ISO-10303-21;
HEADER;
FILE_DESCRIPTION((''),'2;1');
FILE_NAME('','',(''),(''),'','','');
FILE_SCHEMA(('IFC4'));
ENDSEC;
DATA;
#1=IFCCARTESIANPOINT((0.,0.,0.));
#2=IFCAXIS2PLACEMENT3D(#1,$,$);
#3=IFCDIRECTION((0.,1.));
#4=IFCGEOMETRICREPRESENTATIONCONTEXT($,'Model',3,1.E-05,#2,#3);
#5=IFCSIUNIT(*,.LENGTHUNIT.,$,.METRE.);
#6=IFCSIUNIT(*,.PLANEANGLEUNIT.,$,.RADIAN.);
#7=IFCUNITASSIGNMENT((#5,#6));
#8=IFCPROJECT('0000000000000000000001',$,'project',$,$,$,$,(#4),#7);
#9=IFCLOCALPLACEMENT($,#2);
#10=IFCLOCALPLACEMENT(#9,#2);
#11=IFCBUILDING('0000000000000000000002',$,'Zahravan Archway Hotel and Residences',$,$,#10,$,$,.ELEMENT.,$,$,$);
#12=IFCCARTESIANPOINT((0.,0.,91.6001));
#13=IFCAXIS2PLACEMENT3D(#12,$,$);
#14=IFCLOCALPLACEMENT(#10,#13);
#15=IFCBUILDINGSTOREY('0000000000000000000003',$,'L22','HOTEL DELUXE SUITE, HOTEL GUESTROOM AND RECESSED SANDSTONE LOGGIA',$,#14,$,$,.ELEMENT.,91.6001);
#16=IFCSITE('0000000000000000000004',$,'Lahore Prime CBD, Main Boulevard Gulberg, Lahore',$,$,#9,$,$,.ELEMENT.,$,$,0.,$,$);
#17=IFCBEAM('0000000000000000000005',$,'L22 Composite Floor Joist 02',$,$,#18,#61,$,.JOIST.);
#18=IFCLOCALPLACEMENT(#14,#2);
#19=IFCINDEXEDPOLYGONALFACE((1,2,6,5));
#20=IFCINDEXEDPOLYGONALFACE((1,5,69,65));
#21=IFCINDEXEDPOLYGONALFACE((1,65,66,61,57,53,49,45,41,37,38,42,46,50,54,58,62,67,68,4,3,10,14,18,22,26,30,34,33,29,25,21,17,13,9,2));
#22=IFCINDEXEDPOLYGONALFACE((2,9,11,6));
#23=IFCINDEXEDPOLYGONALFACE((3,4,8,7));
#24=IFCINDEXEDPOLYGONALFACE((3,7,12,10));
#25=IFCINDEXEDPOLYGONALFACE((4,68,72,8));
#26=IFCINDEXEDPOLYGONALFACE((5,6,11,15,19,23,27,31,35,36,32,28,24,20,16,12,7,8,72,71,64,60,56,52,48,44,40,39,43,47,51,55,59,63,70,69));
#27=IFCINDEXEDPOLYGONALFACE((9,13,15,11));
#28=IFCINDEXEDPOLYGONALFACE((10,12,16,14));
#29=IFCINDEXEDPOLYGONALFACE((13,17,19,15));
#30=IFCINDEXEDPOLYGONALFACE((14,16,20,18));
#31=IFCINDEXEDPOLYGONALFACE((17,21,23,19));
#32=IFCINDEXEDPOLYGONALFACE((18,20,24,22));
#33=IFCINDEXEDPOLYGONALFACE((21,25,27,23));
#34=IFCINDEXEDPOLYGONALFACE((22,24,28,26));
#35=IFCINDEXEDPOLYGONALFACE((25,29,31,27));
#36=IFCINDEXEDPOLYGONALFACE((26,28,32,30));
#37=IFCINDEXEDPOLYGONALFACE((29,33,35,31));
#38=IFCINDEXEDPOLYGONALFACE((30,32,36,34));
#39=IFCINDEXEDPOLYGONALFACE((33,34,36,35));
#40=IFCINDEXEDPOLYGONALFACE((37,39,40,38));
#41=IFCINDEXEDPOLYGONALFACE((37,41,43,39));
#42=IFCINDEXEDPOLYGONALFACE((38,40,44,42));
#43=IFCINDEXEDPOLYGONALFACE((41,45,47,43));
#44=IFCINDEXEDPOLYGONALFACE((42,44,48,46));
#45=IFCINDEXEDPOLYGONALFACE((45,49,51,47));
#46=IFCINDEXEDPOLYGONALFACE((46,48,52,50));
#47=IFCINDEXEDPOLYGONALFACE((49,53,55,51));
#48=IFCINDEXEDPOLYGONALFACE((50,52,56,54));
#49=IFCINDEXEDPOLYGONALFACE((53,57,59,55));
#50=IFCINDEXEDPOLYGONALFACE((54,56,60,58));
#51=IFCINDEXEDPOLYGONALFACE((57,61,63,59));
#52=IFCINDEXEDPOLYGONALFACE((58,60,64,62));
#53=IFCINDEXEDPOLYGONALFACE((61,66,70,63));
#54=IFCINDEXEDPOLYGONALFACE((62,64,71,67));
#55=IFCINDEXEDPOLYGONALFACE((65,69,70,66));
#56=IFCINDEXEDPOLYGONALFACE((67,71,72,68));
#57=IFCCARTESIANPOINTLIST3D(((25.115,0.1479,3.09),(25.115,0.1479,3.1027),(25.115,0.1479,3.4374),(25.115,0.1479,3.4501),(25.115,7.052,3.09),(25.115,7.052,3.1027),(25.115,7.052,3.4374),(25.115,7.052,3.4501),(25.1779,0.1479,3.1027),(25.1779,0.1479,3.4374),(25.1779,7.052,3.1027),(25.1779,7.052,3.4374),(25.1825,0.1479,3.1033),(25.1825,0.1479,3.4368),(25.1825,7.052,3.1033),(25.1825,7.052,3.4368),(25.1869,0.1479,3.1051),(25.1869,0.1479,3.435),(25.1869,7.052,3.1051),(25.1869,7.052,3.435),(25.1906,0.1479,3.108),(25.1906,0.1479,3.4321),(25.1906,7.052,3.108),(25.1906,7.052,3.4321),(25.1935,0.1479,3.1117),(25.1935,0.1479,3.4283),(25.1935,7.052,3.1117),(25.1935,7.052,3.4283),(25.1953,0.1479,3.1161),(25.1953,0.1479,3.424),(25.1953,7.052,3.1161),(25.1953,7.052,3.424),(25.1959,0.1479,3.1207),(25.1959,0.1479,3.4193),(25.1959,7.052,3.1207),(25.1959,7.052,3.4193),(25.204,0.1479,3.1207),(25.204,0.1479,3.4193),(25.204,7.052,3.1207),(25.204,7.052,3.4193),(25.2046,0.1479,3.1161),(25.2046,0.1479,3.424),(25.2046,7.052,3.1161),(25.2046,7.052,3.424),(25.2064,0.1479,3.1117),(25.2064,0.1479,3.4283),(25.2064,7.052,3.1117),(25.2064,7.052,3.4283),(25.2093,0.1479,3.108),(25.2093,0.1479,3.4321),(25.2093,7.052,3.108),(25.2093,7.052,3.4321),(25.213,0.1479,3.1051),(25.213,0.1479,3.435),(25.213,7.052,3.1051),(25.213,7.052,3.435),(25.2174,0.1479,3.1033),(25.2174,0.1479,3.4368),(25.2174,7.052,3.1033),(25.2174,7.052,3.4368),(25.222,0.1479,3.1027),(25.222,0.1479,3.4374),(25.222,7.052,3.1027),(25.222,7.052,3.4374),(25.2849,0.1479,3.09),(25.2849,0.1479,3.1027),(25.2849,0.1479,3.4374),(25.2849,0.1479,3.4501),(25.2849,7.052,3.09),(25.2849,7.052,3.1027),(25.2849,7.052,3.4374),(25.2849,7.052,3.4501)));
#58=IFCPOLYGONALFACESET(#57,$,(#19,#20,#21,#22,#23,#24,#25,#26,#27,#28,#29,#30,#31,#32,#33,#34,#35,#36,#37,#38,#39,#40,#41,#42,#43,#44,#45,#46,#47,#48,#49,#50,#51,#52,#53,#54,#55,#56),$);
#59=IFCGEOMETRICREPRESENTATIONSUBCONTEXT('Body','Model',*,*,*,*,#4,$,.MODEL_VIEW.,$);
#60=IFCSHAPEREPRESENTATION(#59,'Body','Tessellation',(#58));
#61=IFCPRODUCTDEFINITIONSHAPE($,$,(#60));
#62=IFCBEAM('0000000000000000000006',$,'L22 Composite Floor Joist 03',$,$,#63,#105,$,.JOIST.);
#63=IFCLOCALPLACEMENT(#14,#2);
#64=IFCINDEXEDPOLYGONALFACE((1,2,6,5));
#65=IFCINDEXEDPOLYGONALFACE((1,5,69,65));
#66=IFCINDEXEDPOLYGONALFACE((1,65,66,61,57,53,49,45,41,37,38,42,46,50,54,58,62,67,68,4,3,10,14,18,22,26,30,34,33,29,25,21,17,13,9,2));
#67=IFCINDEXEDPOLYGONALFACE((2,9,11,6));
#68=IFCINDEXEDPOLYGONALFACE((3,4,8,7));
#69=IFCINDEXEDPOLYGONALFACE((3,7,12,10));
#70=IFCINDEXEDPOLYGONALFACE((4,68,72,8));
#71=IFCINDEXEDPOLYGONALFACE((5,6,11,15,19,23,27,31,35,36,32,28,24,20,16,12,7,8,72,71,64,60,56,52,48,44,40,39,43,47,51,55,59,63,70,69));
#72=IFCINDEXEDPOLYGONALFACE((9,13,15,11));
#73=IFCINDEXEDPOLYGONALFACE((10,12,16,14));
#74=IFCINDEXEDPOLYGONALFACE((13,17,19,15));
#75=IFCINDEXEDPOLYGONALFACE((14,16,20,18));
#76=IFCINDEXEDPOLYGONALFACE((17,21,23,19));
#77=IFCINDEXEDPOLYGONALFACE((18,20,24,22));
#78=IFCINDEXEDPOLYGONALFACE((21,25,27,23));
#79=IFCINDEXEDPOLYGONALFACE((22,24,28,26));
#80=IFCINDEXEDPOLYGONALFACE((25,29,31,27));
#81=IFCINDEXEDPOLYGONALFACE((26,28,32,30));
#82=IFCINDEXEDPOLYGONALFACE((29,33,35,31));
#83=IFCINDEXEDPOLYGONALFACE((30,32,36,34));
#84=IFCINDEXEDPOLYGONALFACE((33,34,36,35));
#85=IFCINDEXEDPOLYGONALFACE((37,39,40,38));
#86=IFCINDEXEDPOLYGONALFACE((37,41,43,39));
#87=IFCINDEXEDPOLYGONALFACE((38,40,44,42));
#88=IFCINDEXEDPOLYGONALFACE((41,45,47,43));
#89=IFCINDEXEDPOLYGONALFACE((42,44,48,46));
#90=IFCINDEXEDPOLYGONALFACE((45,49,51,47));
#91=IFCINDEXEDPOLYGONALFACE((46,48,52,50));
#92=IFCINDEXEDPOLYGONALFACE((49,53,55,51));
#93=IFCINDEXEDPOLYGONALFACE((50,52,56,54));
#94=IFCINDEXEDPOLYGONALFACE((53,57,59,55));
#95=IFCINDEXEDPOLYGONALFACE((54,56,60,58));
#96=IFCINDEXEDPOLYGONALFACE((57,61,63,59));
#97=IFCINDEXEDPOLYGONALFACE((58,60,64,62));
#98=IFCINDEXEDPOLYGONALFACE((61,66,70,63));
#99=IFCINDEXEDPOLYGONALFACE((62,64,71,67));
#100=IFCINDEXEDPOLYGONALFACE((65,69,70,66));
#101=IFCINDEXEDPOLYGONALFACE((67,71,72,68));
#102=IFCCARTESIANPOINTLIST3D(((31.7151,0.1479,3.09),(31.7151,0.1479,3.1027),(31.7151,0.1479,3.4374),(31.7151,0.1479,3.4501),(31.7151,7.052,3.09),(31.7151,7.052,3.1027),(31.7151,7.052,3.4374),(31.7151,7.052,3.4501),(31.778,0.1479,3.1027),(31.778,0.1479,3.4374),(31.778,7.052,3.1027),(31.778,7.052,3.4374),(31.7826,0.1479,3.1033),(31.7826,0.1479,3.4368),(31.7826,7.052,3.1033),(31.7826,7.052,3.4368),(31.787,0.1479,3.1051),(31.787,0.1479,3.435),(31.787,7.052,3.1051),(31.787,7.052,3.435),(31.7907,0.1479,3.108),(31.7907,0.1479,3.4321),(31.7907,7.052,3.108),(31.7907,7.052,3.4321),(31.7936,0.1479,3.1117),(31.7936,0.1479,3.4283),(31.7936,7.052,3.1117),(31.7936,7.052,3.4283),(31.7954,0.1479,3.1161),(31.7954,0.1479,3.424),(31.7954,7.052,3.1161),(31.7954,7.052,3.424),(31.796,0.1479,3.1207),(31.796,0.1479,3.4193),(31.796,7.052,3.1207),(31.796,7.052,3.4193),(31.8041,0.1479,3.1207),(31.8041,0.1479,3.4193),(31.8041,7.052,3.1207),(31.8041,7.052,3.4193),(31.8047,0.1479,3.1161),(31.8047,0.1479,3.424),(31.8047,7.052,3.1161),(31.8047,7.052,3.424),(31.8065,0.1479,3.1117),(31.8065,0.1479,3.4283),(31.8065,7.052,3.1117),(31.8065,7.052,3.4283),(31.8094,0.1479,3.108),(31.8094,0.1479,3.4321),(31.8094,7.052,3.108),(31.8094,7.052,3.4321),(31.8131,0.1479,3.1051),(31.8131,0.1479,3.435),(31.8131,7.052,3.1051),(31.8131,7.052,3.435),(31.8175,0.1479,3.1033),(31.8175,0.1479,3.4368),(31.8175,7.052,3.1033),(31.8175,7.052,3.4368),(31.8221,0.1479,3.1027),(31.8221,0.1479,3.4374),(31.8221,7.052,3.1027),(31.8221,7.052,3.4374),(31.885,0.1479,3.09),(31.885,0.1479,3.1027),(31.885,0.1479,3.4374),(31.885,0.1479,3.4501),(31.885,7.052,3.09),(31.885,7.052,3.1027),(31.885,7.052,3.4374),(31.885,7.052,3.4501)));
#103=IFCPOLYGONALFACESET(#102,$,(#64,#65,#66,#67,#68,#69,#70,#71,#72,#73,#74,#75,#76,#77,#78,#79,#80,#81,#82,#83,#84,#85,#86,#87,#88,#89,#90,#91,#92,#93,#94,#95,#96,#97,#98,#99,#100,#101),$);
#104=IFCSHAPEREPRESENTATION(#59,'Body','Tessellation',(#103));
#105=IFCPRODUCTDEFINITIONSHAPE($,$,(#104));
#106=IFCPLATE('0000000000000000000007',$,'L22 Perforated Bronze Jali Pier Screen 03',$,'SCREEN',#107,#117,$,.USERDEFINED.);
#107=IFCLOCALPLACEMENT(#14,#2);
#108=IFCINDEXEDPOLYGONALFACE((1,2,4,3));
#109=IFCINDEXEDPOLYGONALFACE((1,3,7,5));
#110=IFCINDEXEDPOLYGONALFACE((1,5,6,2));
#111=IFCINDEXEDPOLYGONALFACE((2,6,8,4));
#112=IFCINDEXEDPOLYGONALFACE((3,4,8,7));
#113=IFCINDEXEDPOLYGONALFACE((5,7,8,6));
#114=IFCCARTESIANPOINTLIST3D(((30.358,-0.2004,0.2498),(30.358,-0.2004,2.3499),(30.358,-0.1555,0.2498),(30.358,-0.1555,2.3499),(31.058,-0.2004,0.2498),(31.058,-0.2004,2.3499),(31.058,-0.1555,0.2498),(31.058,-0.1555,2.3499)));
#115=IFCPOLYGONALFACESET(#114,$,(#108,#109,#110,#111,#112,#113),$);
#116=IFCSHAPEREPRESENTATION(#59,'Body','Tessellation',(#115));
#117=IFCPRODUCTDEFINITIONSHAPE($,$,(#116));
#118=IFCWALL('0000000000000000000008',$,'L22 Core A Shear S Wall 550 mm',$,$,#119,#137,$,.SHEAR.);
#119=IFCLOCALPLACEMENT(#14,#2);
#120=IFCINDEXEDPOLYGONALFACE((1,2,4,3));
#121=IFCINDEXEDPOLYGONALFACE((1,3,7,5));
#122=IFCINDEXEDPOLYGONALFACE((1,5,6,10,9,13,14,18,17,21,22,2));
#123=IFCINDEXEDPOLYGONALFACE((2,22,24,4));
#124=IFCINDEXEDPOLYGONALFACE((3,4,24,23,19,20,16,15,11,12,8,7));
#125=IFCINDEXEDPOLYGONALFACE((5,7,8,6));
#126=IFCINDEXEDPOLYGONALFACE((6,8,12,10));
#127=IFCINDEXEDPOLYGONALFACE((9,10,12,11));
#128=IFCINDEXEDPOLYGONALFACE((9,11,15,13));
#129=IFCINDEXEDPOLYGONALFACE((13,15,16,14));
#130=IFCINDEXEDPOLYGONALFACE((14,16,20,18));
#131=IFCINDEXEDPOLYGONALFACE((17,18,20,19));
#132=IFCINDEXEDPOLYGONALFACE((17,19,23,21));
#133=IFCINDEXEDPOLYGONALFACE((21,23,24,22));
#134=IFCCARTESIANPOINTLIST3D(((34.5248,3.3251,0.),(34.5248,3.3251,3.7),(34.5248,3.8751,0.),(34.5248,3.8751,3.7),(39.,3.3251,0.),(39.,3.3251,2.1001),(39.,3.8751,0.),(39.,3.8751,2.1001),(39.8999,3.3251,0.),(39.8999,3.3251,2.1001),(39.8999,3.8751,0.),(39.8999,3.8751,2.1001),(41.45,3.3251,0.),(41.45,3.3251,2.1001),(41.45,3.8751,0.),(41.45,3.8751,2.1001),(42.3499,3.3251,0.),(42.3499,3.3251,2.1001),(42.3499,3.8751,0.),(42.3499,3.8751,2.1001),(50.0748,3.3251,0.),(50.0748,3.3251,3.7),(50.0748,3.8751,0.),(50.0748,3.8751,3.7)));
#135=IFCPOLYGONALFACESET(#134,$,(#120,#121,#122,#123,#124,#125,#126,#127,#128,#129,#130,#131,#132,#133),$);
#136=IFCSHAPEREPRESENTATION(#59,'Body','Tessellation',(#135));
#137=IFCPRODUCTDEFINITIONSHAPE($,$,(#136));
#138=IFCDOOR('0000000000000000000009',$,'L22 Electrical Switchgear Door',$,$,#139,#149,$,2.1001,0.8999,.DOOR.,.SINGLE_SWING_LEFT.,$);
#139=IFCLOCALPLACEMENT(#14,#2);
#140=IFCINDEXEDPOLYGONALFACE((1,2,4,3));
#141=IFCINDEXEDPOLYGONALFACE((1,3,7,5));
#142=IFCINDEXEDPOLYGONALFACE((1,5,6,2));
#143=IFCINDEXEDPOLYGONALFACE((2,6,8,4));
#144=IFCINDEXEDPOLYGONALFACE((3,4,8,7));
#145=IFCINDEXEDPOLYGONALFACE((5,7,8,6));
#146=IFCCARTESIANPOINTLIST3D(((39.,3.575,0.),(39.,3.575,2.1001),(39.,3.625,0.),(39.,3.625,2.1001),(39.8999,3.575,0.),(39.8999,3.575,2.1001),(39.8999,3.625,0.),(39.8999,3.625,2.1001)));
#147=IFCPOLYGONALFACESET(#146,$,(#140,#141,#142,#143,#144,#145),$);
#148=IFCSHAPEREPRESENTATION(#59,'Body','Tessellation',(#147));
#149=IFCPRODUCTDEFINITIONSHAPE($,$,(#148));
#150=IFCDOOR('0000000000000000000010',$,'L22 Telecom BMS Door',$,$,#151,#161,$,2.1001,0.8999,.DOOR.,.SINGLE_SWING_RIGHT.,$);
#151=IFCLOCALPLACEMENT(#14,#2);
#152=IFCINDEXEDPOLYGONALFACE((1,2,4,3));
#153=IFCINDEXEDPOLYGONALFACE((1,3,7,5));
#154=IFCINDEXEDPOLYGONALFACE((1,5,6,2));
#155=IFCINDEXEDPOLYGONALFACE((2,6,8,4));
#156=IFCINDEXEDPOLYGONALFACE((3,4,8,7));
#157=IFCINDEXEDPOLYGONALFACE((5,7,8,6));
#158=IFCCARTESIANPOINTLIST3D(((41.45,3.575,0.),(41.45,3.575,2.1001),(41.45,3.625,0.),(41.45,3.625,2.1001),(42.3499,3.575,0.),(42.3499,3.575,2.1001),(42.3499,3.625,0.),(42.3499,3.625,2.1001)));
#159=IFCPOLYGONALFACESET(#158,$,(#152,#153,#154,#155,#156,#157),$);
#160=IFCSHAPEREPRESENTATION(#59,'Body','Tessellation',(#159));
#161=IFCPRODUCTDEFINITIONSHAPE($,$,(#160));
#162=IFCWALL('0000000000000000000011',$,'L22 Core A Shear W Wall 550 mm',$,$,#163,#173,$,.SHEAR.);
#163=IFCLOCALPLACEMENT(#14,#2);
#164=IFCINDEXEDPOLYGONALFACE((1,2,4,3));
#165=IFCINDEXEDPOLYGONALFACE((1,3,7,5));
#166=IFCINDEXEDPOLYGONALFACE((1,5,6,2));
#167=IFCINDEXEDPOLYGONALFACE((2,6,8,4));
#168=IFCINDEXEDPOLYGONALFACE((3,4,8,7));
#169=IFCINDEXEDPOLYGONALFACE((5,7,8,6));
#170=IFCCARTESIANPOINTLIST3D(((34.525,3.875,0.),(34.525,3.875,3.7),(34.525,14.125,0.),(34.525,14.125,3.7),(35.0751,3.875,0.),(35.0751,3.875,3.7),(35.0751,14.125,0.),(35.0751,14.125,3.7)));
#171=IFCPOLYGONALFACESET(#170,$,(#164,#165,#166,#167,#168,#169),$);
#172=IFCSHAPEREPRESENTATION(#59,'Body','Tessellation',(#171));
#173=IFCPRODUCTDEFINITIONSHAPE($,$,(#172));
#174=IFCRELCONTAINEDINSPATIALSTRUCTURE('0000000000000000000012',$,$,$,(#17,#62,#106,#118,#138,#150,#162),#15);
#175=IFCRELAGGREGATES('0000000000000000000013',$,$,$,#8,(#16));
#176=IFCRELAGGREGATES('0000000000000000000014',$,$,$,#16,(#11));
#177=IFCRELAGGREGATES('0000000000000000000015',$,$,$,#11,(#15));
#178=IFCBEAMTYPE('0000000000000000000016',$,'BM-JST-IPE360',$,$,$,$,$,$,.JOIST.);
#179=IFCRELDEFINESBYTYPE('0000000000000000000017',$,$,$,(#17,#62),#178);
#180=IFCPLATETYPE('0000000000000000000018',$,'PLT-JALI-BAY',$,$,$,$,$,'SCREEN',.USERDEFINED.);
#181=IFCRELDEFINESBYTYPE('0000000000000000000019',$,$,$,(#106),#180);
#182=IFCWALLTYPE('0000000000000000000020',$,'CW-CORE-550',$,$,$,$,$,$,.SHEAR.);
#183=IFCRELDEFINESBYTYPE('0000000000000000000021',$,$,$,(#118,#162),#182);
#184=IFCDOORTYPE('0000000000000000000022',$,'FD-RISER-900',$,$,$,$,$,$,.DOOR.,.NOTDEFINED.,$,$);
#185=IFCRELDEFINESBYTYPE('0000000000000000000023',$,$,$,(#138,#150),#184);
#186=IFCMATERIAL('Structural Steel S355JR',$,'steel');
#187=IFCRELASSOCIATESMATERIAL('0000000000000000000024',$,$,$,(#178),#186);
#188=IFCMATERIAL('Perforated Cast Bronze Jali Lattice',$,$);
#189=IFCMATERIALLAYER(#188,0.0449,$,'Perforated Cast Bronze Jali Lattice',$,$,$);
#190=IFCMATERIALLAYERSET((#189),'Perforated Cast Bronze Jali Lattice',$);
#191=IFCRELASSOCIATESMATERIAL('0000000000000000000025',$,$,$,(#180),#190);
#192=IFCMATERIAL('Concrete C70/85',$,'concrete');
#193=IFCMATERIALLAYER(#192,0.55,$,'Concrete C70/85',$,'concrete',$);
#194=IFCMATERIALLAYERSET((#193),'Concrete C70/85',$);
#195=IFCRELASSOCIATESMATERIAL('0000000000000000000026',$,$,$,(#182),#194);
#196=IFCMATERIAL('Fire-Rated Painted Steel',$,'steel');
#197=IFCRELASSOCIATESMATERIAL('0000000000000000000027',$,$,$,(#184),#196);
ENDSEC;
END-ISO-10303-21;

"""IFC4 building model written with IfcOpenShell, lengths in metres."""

from ifc_helpers import new_model, si_unit, direction, frame, frame_2d, origin, origin_2d, place, context, subcontext, project, spatial, rectangle, i_section, extrude, source, transform, mapped, material, layer, layer_set, material_profile, profile_set, type_object, type_shapes, element, fill, save


model = new_model("IFC4")

# Units and contexts
model_context = context("Model", 3, precision=1e-05, world=origin(), true_north=direction((0.0, 1.0)))
body_context = subcontext(model_context, "Body", "Model", "MODEL_VIEW")
ifc_project = project(units=[si_unit("LENGTHUNIT", "METRE"), si_unit("PLANEANGLEUNIT", "RADIAN")], contexts=[model_context])

# Site, building, storey
site_placement = place(None, origin())
site = spatial("IfcSite", under=ifc_project, at=site_placement, Name="Lahore Prime CBD, Main Boulevard Gulberg, Lahore", CompositionType="ELEMENT", RefElevation=0.0)
building_placement = place(site_placement, origin())
building = spatial("IfcBuilding", under=site, at=building_placement, Name="Zahravan Archway Hotel and Residences", CompositionType="ELEMENT")
storey_placement = place(building_placement, frame((0.0, 0.0, 91.6001)))
storey = spatial("IfcBuildingStorey", under=building, at=storey_placement, Name="L22", Description="HOTEL DELUXE SUITE, HOTEL GUESTROOM AND RECESSED SANDSTONE LOGGIA", CompositionType="ELEMENT", Elevation=91.6001)

# Shared definitions
ifc_material_1 = material(Name="Concrete C70/85", Category="concrete")

# Beams
ifc_material_2 = material(Name="Structural Steel S355JR", Category="steel")
ifc_material_profile_1 = material_profile(ifc_material_2, i_section(OverallWidth=0.1699, OverallDepth=0.3601, WebThickness=0.0081, FlangeThickness=0.0127, FilletRadius=0.0181, at=origin_2d()), Name="IPE 360", Category="steel")
ifc_profile_set_1 = profile_set([ifc_material_profile_1], Name="Structural Steel S355JR")
beam_type_1 = type_object("IfcBeamType", Name="BM-JST-IPE360", PredefinedType="JOIST", material=ifc_profile_set_1)
shared_shape_1 = source(origin(), body_context, "Body", "SweptSolid", [
    extrude(i_section(OverallWidth=0.1699, OverallDepth=0.3601, WebThickness=0.0081, FlangeThickness=0.0127, FilletRadius=0.0181, at=origin_2d()), origin(), (0.0, 0.0, 1.0), 6.9041),
])
type_shapes(beam_type_1, [shared_shape_1])
for number, where, z_axis, x_axis, name in (
    (1, (25.2, 0.1479, 3.27), (0.0, 1.0, 0.0), (-1.0, 0.0, 0.0), "L22 Composite Floor Joist 02"),
    (2, (31.8, 0.1479, 3.27), (0.0, 1.0, 0.0), (-1.0, 0.0, 0.0), "L22 Composite Floor Joist 03"),
):
    element("IfcBeam", number, at=place(storey_placement, frame(where, z_axis=z_axis, x_axis=x_axis)), inside=storey, type_object=beam_type_1, Name=name, PredefinedType="JOIST", context=body_context, shape_type="MappedRepresentation", body=[
        mapped(shared_shape_1, transform((0.0, 0.0, 0.0), scale=1.0)),
    ])

# Plate
ifc_material_3 = material(Name="Perforated Cast Bronze Jali Lattice")
ifc_layer_1 = layer(ifc_material_3, 0.0449, Name="Perforated Cast Bronze Jali Lattice")
ifc_layer_set_1 = layer_set([ifc_layer_1], Name="Perforated Cast Bronze Jali Lattice")
plate_type = type_object("IfcPlateType", Name="PLT-JALI-BAY", ElementType="SCREEN", PredefinedType="USERDEFINED", material=ifc_layer_set_1)
shared_shape_2 = source(origin(), body_context, "Body", "SweptSolid", [
    extrude(rectangle(XDim=0.7, YDim=0.0449, at=origin_2d()), origin(), (0.0, 0.0, 1.0), 2.1001),
])
type_shapes(plate_type, [shared_shape_2])
plate_placement = place(storey_placement, frame((30.708, -0.178, 0.2498), z_axis=(0.0, 0.0, 1.0), x_axis=(1.0, 0.0, 0.0)))
element("IfcPlate", 3, at=plate_placement, inside=storey, type_object=plate_type, Name="L22 Perforated Bronze Jali Pier Screen 03", ObjectType="SCREEN", PredefinedType="USERDEFINED", context=body_context, shape_type="MappedRepresentation", body=[
    mapped(shared_shape_2, transform((0.0, 0.0, 0.0), scale=1.0)),
])

# Wall, openings, doors
ifc_layer_2 = layer(ifc_material_1, 0.55, Name="Concrete C70/85", Category="concrete")
ifc_layer_set_2 = layer_set([ifc_layer_2], Name="Concrete C70/85")
wall_type_1 = type_object("IfcWallType", Name="CW-CORE-550", PredefinedType="SHEAR", material=ifc_layer_set_2)
wall_1_placement = place(storey_placement, frame((34.5249, 3.6001, 0.0), z_axis=(0.0, 0.0, 1.0), x_axis=(1.0, 0.0, 0.0)))
wall_1 = element("IfcWall", 4, at=wall_1_placement, inside=storey, type_object=wall_type_1, Name="L22 Core A Shear S Wall 550 mm", PredefinedType="SHEAR", context=body_context, shape_type="SweptSolid", body=[
    extrude(rectangle(XDim=15.55, YDim=0.55, at=frame_2d((7.7749, 0.0))), origin(), (0.0, 0.0, 1.0), 3.7),
])
opening_1_placement = place(wall_1_placement, frame((4.4751, 0.0, 0.0)))
opening_1 = element("IfcOpeningElement", 5, at=opening_1_placement, cuts=wall_1, PredefinedType="OPENING", context=body_context, shape_type="SweptSolid", body=[
    extrude(rectangle(XDim=0.8999, YDim=2.1001, at=frame_2d((0.45, 1.05))), frame((0.0, 0.2852, 0.0), z_axis=(0.0, -1.0, 0.0), x_axis=(1.0, 0.0, 0.0)), (0.0, 0.0, 1.0), 0.5701),
])
opening_2_placement = place(wall_1_placement, frame((6.925, 0.0, 0.0)))
opening_2 = element("IfcOpeningElement", 6, at=opening_2_placement, cuts=wall_1, PredefinedType="OPENING", context=body_context, shape_type="SweptSolid", body=[
    extrude(rectangle(XDim=0.8999, YDim=2.1001, at=frame_2d((0.45, 1.05))), frame((0.0, 0.2852, 0.0), z_axis=(0.0, -1.0, 0.0), x_axis=(1.0, 0.0, 0.0)), (0.0, 0.0, 1.0), 0.5701),
])
ifc_material_4 = material(Name="Fire-Rated Painted Steel", Category="steel")
door_type_1 = type_object("IfcDoorType", Name="FD-RISER-900", OperationType="NOTDEFINED", PredefinedType="DOOR", material=ifc_material_4)
shared_shape_3 = source(origin(), body_context, "Body", "SweptSolid", [
    extrude(rectangle(XDim=0.8999, YDim=2.1001, at=frame_2d((0.45, 1.05))), frame((0.0, 0.0249, 0.0), z_axis=(0.0, -1.0, 0.0), x_axis=(1.0, 0.0, 0.0)), (0.0, 0.0, 1.0), 0.05),
])
type_shapes(door_type_1, [shared_shape_3])
door_1_placement = place(opening_1_placement, origin())
door_1 = element("IfcDoor", 7, at=door_1_placement, inside=storey, type_object=door_type_1, Name="L22 Electrical Switchgear Door", OperationType="SINGLE_SWING_LEFT", OverallHeight=2.1001, OverallWidth=0.8999, PredefinedType="DOOR", context=body_context, shape_type="MappedRepresentation", body=[
    mapped(shared_shape_3, transform((0.0, 0.0, 0.0), scale=1.0)),
])
fill(opening_1, door_1)
door_2_placement = place(opening_2_placement, origin())
door_2 = element("IfcDoor", 8, at=door_2_placement, inside=storey, type_object=door_type_1, Name="L22 Telecom BMS Door", OperationType="SINGLE_SWING_RIGHT", OverallHeight=2.1001, OverallWidth=0.8999, PredefinedType="DOOR", context=body_context, shape_type="MappedRepresentation", body=[
    mapped(shared_shape_3, transform((0.0, 0.0, 0.0), scale=1.0)),
])
fill(opening_2, door_2)

# Wall
wall_2_placement = place(storey_placement, frame((34.8, 3.875, 0.0), z_axis=(0.0, 0.0, 1.0), x_axis=(0.0, 1.0, 0.0)))
element("IfcWall", 9, at=wall_2_placement, inside=storey, type_object=wall_type_1, Name="L22 Core A Shear W Wall 550 mm", PredefinedType="SHEAR", context=body_context, shape_type="SweptSolid", body=[
    extrude(rectangle(XDim=10.25, YDim=0.55, at=frame_2d((5.125, 0.0))), origin(), (0.0, 0.0, 1.0), 3.7),
])

save(model, "model.ifc")
